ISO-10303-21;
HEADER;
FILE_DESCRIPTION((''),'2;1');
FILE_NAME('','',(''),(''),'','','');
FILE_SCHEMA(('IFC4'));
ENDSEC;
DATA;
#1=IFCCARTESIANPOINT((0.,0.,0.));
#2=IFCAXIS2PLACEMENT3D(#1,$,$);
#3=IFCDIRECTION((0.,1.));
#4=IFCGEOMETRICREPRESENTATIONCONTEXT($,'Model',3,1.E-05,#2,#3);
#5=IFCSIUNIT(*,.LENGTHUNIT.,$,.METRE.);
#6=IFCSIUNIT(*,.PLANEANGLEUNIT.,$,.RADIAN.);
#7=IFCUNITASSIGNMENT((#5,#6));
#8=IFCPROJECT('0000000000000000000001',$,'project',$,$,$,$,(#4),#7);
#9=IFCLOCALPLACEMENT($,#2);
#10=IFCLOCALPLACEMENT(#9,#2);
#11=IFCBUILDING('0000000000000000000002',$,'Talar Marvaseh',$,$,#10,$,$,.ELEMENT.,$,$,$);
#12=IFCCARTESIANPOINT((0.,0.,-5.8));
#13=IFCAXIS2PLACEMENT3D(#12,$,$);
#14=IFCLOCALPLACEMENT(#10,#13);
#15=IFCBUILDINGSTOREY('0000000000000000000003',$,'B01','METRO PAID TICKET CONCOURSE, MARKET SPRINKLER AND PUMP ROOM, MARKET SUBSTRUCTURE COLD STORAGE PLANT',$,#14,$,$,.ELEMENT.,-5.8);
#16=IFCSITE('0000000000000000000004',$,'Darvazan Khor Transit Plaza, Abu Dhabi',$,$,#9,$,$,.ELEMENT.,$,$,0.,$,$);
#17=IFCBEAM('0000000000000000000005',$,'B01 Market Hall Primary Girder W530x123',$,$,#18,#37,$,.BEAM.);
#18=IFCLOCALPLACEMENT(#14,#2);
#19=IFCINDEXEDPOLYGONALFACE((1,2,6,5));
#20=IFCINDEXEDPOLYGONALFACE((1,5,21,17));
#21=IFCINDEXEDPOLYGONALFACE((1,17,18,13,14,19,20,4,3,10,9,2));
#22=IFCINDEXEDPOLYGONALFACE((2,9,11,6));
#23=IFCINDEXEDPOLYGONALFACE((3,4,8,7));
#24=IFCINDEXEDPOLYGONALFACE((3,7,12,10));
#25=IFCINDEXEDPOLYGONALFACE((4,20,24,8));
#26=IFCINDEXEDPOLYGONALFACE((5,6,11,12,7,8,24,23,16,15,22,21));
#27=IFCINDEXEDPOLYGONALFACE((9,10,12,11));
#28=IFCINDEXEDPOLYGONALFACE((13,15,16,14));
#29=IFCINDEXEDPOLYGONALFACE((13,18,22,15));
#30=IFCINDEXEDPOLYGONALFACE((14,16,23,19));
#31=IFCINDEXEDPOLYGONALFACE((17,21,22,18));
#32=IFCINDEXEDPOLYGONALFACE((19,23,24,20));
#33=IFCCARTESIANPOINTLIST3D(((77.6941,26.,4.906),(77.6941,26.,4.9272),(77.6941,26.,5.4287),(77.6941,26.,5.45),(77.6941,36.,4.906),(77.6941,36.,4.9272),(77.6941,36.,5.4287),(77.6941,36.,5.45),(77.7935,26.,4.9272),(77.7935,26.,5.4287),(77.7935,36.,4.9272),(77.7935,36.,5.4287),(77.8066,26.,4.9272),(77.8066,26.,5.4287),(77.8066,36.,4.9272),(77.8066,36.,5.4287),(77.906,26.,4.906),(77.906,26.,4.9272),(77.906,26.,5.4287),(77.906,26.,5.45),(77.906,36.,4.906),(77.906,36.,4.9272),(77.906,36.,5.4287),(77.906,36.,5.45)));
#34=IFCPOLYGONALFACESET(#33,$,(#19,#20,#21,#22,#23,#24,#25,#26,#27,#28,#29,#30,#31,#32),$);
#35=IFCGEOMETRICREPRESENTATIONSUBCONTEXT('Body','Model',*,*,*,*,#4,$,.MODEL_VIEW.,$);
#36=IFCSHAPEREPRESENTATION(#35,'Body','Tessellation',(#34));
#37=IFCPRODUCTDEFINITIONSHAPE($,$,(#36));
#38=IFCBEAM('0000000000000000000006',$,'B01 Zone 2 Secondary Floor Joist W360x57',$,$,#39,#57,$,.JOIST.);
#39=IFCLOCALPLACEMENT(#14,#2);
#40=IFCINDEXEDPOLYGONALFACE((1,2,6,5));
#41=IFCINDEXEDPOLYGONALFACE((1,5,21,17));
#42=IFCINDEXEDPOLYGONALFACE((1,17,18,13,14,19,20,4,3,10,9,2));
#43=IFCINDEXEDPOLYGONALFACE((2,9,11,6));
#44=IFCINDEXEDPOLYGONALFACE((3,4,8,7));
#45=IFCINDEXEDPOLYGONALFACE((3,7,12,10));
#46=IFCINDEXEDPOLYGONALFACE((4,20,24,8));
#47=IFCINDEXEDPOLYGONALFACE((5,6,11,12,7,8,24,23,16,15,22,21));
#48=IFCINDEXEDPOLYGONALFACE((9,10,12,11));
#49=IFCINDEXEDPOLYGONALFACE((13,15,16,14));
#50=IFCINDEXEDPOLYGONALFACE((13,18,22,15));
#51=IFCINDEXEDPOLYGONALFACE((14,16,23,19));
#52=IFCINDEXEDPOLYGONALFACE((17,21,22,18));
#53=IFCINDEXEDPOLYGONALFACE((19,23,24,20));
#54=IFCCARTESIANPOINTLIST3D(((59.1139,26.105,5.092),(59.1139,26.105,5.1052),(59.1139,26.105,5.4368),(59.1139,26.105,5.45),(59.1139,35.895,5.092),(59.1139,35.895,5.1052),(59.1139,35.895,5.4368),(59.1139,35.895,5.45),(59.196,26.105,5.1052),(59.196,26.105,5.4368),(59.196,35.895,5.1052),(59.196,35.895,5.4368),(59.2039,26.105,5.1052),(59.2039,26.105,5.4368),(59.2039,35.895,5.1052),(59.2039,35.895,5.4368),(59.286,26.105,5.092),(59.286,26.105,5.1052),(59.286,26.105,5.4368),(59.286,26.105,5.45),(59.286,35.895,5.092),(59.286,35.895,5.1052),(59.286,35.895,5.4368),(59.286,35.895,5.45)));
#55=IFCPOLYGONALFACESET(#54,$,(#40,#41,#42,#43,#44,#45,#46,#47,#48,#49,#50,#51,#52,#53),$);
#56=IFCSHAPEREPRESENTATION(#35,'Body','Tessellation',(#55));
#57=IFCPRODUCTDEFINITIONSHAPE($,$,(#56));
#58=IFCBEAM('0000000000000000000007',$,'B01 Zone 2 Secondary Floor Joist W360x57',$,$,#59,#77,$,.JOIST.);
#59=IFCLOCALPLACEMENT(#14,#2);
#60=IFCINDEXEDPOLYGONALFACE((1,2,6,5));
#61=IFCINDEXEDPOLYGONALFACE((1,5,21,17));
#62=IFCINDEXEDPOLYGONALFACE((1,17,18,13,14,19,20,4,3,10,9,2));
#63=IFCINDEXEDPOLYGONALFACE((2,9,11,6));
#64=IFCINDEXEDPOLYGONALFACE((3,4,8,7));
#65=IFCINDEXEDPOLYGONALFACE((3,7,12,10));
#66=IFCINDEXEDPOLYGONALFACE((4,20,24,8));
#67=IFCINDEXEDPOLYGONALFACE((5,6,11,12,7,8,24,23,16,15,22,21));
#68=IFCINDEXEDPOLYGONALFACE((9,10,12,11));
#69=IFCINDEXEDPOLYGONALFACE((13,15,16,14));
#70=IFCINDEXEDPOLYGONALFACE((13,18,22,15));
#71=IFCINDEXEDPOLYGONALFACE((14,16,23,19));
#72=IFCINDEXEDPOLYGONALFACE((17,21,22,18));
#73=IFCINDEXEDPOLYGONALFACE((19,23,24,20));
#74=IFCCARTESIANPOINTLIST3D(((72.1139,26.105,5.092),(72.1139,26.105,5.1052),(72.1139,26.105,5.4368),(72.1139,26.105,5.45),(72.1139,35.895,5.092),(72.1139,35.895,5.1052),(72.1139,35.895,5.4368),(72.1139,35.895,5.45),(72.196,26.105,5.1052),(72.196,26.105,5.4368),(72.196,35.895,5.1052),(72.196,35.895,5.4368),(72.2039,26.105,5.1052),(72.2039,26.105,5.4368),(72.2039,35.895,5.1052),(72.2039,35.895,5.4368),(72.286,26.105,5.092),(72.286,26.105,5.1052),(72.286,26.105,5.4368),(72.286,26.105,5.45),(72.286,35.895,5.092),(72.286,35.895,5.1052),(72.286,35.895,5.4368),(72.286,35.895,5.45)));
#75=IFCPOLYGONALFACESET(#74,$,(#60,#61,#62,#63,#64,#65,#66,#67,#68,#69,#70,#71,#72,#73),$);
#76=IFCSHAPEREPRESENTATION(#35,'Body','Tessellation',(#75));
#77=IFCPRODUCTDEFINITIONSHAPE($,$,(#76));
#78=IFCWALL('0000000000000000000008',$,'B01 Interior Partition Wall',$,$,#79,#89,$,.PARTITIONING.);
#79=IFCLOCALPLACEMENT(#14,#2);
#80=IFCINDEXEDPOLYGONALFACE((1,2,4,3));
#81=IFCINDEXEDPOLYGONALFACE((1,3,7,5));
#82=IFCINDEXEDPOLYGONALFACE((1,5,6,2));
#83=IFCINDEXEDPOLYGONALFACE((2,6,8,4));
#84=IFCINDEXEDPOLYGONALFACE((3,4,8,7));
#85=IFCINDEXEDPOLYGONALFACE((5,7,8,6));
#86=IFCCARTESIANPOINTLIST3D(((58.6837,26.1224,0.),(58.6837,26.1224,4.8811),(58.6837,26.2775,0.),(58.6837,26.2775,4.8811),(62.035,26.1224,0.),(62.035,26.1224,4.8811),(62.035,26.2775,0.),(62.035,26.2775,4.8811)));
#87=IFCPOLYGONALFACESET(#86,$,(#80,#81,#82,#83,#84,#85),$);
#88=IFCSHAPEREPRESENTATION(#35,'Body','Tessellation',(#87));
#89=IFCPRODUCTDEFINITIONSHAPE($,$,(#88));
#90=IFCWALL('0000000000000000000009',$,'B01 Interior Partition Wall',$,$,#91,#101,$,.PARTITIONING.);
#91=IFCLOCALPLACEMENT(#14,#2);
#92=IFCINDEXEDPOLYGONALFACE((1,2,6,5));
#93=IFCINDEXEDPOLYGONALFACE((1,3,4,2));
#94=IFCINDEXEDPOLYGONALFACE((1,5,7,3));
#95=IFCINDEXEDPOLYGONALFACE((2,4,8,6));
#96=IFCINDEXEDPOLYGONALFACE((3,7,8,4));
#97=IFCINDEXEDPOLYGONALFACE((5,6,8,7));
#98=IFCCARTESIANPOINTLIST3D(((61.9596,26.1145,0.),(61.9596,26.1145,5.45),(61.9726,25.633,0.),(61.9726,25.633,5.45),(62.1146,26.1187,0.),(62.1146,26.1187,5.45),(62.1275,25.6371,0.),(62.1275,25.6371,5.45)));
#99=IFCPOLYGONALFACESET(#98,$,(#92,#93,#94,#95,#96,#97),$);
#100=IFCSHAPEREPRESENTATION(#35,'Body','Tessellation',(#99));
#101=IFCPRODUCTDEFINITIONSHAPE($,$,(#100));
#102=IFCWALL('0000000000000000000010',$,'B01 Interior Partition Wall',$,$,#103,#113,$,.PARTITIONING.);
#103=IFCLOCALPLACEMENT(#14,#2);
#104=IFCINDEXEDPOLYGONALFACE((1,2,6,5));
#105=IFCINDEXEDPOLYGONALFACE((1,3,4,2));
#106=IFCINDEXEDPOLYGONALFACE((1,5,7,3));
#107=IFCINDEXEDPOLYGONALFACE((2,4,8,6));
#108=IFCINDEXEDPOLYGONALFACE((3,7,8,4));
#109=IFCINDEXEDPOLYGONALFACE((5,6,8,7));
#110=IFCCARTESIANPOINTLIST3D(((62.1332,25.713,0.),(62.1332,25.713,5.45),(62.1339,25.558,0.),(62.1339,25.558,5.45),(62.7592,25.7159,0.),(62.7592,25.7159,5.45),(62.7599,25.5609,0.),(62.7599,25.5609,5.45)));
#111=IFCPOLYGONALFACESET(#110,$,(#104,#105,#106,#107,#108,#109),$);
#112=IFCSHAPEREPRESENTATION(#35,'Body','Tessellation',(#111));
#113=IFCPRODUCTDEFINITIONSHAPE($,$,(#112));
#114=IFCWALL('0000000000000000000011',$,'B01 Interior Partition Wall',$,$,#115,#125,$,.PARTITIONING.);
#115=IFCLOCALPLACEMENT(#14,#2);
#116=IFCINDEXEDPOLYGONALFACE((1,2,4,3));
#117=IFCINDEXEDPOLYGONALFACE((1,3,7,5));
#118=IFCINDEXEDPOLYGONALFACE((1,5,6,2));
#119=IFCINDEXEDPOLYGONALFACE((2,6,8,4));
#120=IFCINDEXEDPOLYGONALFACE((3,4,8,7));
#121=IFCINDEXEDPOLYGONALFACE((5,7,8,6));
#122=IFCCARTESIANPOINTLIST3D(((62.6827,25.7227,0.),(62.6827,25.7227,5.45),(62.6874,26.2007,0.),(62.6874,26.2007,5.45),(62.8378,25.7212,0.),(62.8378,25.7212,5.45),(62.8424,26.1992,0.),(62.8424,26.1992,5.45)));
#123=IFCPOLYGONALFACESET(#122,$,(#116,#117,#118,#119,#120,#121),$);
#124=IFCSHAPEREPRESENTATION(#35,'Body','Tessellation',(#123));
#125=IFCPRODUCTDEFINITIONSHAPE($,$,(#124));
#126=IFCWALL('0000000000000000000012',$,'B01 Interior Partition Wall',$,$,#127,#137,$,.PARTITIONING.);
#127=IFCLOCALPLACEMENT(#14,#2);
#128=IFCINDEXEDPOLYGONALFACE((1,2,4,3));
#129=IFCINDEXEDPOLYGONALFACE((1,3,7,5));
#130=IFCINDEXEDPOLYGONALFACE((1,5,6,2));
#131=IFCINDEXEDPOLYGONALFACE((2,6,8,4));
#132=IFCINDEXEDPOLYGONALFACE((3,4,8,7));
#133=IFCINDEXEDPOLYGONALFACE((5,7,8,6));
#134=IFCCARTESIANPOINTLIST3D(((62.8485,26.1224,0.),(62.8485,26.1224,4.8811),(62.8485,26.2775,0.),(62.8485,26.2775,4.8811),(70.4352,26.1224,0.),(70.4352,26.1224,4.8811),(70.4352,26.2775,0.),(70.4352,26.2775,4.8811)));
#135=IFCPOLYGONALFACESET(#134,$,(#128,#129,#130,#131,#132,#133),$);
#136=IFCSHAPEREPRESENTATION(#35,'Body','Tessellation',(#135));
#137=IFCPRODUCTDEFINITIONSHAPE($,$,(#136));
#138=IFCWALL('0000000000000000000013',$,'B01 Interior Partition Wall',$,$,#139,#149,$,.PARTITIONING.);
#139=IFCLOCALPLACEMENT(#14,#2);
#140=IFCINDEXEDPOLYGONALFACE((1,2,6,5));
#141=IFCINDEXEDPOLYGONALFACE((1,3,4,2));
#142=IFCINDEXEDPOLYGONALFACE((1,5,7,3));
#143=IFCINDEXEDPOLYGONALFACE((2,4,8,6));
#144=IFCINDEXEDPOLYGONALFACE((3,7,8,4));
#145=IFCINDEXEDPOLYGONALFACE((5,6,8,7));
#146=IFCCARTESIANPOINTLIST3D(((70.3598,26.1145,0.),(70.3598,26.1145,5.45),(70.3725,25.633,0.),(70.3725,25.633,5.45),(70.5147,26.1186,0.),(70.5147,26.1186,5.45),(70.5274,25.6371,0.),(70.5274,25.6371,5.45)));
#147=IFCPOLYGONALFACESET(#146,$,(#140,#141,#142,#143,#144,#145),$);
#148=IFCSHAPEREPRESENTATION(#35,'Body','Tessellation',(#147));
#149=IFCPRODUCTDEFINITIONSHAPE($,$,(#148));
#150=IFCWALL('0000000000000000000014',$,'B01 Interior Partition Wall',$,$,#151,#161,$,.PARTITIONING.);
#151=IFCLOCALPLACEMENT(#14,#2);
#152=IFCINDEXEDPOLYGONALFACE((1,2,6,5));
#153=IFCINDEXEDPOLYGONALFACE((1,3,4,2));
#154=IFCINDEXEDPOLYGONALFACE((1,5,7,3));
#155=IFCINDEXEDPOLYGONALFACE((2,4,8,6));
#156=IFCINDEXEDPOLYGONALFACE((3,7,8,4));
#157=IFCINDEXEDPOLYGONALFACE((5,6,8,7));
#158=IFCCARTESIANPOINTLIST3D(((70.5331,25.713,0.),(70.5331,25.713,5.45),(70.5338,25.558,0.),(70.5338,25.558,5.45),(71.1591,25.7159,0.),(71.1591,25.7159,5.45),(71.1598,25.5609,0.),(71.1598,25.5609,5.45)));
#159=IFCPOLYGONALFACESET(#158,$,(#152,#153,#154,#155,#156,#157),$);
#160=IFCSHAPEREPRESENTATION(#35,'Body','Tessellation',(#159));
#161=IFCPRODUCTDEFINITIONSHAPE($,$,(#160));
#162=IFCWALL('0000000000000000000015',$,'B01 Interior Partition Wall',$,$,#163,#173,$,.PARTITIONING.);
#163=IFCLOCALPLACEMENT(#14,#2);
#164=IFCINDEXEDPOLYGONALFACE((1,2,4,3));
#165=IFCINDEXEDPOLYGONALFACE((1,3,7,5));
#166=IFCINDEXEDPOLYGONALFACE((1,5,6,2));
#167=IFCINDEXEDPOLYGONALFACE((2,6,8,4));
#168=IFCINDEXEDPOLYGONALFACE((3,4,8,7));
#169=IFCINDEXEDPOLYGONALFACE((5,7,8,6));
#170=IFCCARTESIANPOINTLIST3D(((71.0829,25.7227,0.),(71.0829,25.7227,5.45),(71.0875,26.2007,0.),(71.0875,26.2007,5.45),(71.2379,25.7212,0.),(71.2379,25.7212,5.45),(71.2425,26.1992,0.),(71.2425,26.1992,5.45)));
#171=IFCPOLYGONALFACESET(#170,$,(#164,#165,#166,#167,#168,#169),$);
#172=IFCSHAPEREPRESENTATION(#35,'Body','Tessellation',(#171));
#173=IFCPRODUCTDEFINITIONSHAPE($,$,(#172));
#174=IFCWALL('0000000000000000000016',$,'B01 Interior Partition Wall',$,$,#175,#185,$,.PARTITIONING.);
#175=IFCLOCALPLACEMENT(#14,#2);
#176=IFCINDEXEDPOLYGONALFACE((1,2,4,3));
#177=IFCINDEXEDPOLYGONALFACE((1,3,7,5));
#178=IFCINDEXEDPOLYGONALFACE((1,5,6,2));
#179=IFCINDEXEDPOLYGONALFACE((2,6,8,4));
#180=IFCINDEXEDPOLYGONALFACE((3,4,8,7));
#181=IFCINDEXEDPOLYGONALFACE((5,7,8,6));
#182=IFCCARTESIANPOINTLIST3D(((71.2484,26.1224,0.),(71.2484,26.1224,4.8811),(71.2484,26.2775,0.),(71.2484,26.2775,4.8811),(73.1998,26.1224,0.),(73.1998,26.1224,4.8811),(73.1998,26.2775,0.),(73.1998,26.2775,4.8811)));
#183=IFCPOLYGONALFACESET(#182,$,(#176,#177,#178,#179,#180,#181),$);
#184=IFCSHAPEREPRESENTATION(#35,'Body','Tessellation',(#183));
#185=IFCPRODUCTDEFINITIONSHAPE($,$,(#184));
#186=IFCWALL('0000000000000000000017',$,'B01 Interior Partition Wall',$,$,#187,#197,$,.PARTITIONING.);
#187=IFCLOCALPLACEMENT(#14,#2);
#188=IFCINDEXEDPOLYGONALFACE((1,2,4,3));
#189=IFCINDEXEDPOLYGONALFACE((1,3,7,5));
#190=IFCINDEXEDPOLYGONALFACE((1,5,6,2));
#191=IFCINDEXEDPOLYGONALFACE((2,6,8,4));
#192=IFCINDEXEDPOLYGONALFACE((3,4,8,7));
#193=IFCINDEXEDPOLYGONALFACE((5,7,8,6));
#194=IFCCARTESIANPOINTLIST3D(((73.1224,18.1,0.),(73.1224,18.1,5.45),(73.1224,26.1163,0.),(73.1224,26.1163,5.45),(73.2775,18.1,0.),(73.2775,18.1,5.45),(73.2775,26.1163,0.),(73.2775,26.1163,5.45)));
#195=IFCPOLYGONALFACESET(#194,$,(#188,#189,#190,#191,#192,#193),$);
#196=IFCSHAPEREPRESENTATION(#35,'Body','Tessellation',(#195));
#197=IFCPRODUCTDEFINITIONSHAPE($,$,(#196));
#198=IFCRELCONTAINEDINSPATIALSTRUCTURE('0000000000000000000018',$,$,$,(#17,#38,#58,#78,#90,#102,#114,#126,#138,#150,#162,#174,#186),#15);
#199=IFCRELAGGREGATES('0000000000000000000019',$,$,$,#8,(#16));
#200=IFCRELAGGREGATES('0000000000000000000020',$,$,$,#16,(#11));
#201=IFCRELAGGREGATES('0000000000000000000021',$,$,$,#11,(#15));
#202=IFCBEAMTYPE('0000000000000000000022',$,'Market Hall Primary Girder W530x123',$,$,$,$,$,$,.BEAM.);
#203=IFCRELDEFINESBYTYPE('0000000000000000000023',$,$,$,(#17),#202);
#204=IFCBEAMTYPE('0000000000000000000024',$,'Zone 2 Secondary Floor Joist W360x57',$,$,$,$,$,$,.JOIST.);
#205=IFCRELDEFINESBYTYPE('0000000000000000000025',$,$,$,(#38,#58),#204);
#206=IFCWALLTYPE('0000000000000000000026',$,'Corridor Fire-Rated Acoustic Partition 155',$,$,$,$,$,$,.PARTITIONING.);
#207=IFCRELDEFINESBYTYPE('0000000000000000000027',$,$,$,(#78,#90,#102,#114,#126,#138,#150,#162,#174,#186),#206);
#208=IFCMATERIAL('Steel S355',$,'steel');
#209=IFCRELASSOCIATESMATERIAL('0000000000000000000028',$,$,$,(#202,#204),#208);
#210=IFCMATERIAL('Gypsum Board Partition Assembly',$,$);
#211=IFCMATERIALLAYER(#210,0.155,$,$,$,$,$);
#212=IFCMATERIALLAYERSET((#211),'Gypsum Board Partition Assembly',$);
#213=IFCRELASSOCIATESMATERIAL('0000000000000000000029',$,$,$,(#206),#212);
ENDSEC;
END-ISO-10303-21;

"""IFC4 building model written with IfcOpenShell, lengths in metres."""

from ifc_helpers import new_model, si_unit, direction, frame, frame_2d, origin, origin_2d, place, context, subcontext, project, spatial, rectangle, i_section, extrude, material, layer, layer_set, material_profile, profile_set, type_object, element, save


model = new_model("IFC4")

# Units and contexts
model_context = context("Model", 3, precision=1e-05, world=origin(), true_north=direction((0.0, 1.0)))
body_context = subcontext(model_context, "Body", "Model", "MODEL_VIEW")
ifc_project = project(units=[si_unit("LENGTHUNIT", "METRE"), si_unit("PLANEANGLEUNIT", "RADIAN")], contexts=[model_context])

# Site, building, storey
site_placement = place(None, origin())
site = spatial("IfcSite", under=ifc_project, at=site_placement, Name="Darvazan Khor Transit Plaza, Abu Dhabi", CompositionType="ELEMENT", RefElevation=0.0)
building_placement = place(site_placement, origin())
building = spatial("IfcBuilding", under=site, at=building_placement, Name="Talar Marvaseh", CompositionType="ELEMENT")
storey_placement = place(building_placement, frame((0.0, 0.0, -5.8)))
storey = spatial("IfcBuildingStorey", under=building, at=storey_placement, Name="B01", Description="METRO PAID TICKET CONCOURSE, MARKET SPRINKLER AND PUMP ROOM, MARKET SUBSTRUCTURE COLD STORAGE PLANT", CompositionType="ELEMENT", Elevation=-5.8)

# Beams
ifc_material_1 = material(Name="Steel S355", Category="steel")
ifc_material_profile_1 = material_profile(ifc_material_1, i_section(OverallWidth=0.2119, OverallDepth=0.5439, WebThickness=0.0132, FlangeThickness=0.0212, at=origin_2d()), Name="W530x123")
ifc_profile_set_1 = profile_set([ifc_material_profile_1], Name="Steel S355")
beam_type_1 = type_object("IfcBeamType", Name="Market Hall Primary Girder W530x123", PredefinedType="BEAM", material=ifc_profile_set_1)
for number, where, z_axis, x_axis, name in (
    (1, (77.8, 26.0, 5.178), (0.0, 1.0, 0.0), (-1.0, 0.0, 0.0), "B01 Market Hall Primary Girder W530x123"),
):
    element("IfcBeam", number, at=place(storey_placement, frame(where, z_axis=z_axis, x_axis=x_axis)), inside=storey, type_object=beam_type_1, Name=name, PredefinedType="BEAM", context=body_context, shape_type="SweptSolid", body=[
        extrude(i_section(OverallWidth=0.2119, OverallDepth=0.5439, WebThickness=0.0132, FlangeThickness=0.0212, at=origin_2d()), origin(), (0.0, 0.0, 1.0), 10.0),
    ])
ifc_material_profile_2 = material_profile(ifc_material_1, i_section(OverallWidth=0.1721, OverallDepth=0.3579, WebThickness=0.0078, FlangeThickness=0.0132, at=origin_2d()), Name="W360x57")
ifc_profile_set_2 = profile_set([ifc_material_profile_2], Name="Steel S355")
beam_type_2 = type_object("IfcBeamType", Name="Zone 2 Secondary Floor Joist W360x57", PredefinedType="JOIST", material=ifc_profile_set_2)
for number, where, z_axis, x_axis, name in (
    (2, (59.2, 26.105, 5.271), (0.0, 1.0, 0.0), (-1.0, 0.0, 0.0), "B01 Zone 2 Secondary Floor Joist W360x57"),
    (3, (72.2, 26.105, 5.271), (0.0, 1.0, 0.0), (-1.0, 0.0, 0.0), "B01 Zone 2 Secondary Floor Joist W360x57"),
):
    element("IfcBeam", number, at=place(storey_placement, frame(where, z_axis=z_axis, x_axis=x_axis)), inside=storey, type_object=beam_type_2, Name=name, PredefinedType="JOIST", context=body_context, shape_type="SweptSolid", body=[
        extrude(i_section(OverallWidth=0.1721, OverallDepth=0.3579, WebThickness=0.0078, FlangeThickness=0.0132, at=origin_2d()), origin(), (0.0, 0.0, 1.0), 9.79),
    ])

# Walls
ifc_material_2 = material(Name="Gypsum Board Partition Assembly")
ifc_layer = layer(ifc_material_2, 0.155)
ifc_layer_set = layer_set([ifc_layer], Name="Gypsum Board Partition Assembly")
wall_type = type_object("IfcWallType", Name="Corridor Fire-Rated Acoustic Partition 155", PredefinedType="PARTITIONING", material=ifc_layer_set)
wall_1_placement = place(storey_placement, frame((58.6836, 26.2, 0.0), z_axis=(0.0, 0.0, 1.0), x_axis=(1.0, 0.0, 0.0)))
element("IfcWall", 4, at=wall_1_placement, inside=storey, type_object=wall_type, Name="B01 Interior Partition Wall", PredefinedType="PARTITIONING", context=body_context, shape_type="SweptSolid", body=[
    extrude(rectangle(XDim=3.3513, YDim=0.155, at=frame_2d((1.6758, 0.0))), origin(), (0.0, 0.0, 1.0), 4.8811),
])
wall_2_placement = place(storey_placement, frame((62.0371, 26.1165, 0.0), z_axis=(0.0, 0.0, 1.0), x_axis=(0.026867, -0.999639, 0.0)))
element("IfcWall", 5, at=wall_2_placement, inside=storey, type_object=wall_type, Name="B01 Interior Partition Wall", PredefinedType="PARTITIONING", context=body_context, shape_type="SweptSolid", body=[
    extrude(rectangle(XDim=0.4817, YDim=0.155, at=frame_2d((0.2407, 0.0))), origin(), (0.0, 0.0, 1.0), 5.45),
])
wall_3_placement = place(storey_placement, frame((62.1335, 25.6355, 0.0), z_axis=(0.0, 0.0, 1.0), x_axis=(0.999989, 0.00468, 0.0)))
element("IfcWall", 6, at=wall_3_placement, inside=storey, type_object=wall_type, Name="B01 Interior Partition Wall", PredefinedType="PARTITIONING", context=body_context, shape_type="SweptSolid", body=[
    extrude(rectangle(XDim=0.626, YDim=0.155, at=frame_2d((0.313, 0.0))), origin(), (0.0, 0.0, 1.0), 5.45),
])
wall_4_placement = place(storey_placement, frame((62.7603, 25.7219, 0.0), z_axis=(0.0, 0.0, 1.0), x_axis=(0.009703, 0.999953, 0.0)))
element("IfcWall", 7, at=wall_4_placement, inside=storey, type_object=wall_type, Name="B01 Interior Partition Wall", PredefinedType="PARTITIONING", context=body_context, shape_type="SweptSolid", body=[
    extrude(rectangle(XDim=0.478, YDim=0.155, at=frame_2d((0.239, 0.0))), origin(), (0.0, 0.0, 1.0), 5.45),
])
wall_5_placement = place(storey_placement, frame((62.8484, 26.2, 0.0), z_axis=(0.0, 0.0, 1.0), x_axis=(1.0, 0.0, 0.0)))
element("IfcWall", 8, at=wall_5_placement, inside=storey, type_object=wall_type, Name="B01 Interior Partition Wall", PredefinedType="PARTITIONING", context=body_context, shape_type="SweptSolid", body=[
    extrude(rectangle(XDim=7.5867, YDim=0.155, at=frame_2d((3.7935, 0.0))), origin(), (0.0, 0.0, 1.0), 4.8811),
])
wall_6_placement = place(storey_placement, frame((70.4373, 26.1165, 0.0), z_axis=(0.0, 0.0, 1.0), x_axis=(0.02636, -0.999653, 0.0)))
element("IfcWall", 9, at=wall_6_placement, inside=storey, type_object=wall_type, Name="B01 Interior Partition Wall", PredefinedType="PARTITIONING", context=body_context, shape_type="SweptSolid", body=[
    extrude(rectangle(XDim=0.4817, YDim=0.155, at=frame_2d((0.2407, 0.0))), origin(), (0.0, 0.0, 1.0), 5.45),
])
wall_7_placement = place(storey_placement, frame((70.5334, 25.6355, 0.0), z_axis=(0.0, 0.0, 1.0), x_axis=(0.999989, 0.00468, 0.0)))
element("IfcWall", 10, at=wall_7_placement, inside=storey, type_object=wall_type, Name="B01 Interior Partition Wall", PredefinedType="PARTITIONING", context=body_context, shape_type="SweptSolid", body=[
    extrude(rectangle(XDim=0.626, YDim=0.155, at=frame_2d((0.313, 0.0))), origin(), (0.0, 0.0, 1.0), 5.45),
])
wall_8_placement = place(storey_placement, frame((71.1604, 25.7219, 0.0), z_axis=(0.0, 0.0, 1.0), x_axis=(0.009703, 0.999953, 0.0)))
element("IfcWall", 11, at=wall_8_placement, inside=storey, type_object=wall_type, Name="B01 Interior Partition Wall", PredefinedType="PARTITIONING", context=body_context, shape_type="SweptSolid", body=[
    extrude(rectangle(XDim=0.478, YDim=0.155, at=frame_2d((0.239, 0.0))), origin(), (0.0, 0.0, 1.0), 5.45),
])
wall_9_placement = place(storey_placement, frame((71.2485, 26.2, 0.0), z_axis=(0.0, 0.0, 1.0), x_axis=(1.0, 0.0, 0.0)))
element("IfcWall", 12, at=wall_9_placement, inside=storey, type_object=wall_type, Name="B01 Interior Partition Wall", PredefinedType="PARTITIONING", context=body_context, shape_type="SweptSolid", body=[
    extrude(rectangle(XDim=1.9514, YDim=0.155, at=frame_2d((0.9756, 0.0))), origin(), (0.0, 0.0, 1.0), 4.8811),
])
wall_10_placement = place(storey_placement, frame((73.2, 26.1165, 0.0), z_axis=(0.0, 0.0, 1.0), x_axis=(0.0, -1.0, 0.0)))
element("IfcWall", 13, at=wall_10_placement, inside=storey, type_object=wall_type, Name="B01 Interior Partition Wall", PredefinedType="PARTITIONING", context=body_context, shape_type="SweptSolid", body=[
    extrude(rectangle(XDim=8.0164, YDim=0.155, at=frame_2d((4.0083, 0.0))), origin(), (0.0, 0.0, 1.0), 5.45),
])

save(model, "model.ifc")
